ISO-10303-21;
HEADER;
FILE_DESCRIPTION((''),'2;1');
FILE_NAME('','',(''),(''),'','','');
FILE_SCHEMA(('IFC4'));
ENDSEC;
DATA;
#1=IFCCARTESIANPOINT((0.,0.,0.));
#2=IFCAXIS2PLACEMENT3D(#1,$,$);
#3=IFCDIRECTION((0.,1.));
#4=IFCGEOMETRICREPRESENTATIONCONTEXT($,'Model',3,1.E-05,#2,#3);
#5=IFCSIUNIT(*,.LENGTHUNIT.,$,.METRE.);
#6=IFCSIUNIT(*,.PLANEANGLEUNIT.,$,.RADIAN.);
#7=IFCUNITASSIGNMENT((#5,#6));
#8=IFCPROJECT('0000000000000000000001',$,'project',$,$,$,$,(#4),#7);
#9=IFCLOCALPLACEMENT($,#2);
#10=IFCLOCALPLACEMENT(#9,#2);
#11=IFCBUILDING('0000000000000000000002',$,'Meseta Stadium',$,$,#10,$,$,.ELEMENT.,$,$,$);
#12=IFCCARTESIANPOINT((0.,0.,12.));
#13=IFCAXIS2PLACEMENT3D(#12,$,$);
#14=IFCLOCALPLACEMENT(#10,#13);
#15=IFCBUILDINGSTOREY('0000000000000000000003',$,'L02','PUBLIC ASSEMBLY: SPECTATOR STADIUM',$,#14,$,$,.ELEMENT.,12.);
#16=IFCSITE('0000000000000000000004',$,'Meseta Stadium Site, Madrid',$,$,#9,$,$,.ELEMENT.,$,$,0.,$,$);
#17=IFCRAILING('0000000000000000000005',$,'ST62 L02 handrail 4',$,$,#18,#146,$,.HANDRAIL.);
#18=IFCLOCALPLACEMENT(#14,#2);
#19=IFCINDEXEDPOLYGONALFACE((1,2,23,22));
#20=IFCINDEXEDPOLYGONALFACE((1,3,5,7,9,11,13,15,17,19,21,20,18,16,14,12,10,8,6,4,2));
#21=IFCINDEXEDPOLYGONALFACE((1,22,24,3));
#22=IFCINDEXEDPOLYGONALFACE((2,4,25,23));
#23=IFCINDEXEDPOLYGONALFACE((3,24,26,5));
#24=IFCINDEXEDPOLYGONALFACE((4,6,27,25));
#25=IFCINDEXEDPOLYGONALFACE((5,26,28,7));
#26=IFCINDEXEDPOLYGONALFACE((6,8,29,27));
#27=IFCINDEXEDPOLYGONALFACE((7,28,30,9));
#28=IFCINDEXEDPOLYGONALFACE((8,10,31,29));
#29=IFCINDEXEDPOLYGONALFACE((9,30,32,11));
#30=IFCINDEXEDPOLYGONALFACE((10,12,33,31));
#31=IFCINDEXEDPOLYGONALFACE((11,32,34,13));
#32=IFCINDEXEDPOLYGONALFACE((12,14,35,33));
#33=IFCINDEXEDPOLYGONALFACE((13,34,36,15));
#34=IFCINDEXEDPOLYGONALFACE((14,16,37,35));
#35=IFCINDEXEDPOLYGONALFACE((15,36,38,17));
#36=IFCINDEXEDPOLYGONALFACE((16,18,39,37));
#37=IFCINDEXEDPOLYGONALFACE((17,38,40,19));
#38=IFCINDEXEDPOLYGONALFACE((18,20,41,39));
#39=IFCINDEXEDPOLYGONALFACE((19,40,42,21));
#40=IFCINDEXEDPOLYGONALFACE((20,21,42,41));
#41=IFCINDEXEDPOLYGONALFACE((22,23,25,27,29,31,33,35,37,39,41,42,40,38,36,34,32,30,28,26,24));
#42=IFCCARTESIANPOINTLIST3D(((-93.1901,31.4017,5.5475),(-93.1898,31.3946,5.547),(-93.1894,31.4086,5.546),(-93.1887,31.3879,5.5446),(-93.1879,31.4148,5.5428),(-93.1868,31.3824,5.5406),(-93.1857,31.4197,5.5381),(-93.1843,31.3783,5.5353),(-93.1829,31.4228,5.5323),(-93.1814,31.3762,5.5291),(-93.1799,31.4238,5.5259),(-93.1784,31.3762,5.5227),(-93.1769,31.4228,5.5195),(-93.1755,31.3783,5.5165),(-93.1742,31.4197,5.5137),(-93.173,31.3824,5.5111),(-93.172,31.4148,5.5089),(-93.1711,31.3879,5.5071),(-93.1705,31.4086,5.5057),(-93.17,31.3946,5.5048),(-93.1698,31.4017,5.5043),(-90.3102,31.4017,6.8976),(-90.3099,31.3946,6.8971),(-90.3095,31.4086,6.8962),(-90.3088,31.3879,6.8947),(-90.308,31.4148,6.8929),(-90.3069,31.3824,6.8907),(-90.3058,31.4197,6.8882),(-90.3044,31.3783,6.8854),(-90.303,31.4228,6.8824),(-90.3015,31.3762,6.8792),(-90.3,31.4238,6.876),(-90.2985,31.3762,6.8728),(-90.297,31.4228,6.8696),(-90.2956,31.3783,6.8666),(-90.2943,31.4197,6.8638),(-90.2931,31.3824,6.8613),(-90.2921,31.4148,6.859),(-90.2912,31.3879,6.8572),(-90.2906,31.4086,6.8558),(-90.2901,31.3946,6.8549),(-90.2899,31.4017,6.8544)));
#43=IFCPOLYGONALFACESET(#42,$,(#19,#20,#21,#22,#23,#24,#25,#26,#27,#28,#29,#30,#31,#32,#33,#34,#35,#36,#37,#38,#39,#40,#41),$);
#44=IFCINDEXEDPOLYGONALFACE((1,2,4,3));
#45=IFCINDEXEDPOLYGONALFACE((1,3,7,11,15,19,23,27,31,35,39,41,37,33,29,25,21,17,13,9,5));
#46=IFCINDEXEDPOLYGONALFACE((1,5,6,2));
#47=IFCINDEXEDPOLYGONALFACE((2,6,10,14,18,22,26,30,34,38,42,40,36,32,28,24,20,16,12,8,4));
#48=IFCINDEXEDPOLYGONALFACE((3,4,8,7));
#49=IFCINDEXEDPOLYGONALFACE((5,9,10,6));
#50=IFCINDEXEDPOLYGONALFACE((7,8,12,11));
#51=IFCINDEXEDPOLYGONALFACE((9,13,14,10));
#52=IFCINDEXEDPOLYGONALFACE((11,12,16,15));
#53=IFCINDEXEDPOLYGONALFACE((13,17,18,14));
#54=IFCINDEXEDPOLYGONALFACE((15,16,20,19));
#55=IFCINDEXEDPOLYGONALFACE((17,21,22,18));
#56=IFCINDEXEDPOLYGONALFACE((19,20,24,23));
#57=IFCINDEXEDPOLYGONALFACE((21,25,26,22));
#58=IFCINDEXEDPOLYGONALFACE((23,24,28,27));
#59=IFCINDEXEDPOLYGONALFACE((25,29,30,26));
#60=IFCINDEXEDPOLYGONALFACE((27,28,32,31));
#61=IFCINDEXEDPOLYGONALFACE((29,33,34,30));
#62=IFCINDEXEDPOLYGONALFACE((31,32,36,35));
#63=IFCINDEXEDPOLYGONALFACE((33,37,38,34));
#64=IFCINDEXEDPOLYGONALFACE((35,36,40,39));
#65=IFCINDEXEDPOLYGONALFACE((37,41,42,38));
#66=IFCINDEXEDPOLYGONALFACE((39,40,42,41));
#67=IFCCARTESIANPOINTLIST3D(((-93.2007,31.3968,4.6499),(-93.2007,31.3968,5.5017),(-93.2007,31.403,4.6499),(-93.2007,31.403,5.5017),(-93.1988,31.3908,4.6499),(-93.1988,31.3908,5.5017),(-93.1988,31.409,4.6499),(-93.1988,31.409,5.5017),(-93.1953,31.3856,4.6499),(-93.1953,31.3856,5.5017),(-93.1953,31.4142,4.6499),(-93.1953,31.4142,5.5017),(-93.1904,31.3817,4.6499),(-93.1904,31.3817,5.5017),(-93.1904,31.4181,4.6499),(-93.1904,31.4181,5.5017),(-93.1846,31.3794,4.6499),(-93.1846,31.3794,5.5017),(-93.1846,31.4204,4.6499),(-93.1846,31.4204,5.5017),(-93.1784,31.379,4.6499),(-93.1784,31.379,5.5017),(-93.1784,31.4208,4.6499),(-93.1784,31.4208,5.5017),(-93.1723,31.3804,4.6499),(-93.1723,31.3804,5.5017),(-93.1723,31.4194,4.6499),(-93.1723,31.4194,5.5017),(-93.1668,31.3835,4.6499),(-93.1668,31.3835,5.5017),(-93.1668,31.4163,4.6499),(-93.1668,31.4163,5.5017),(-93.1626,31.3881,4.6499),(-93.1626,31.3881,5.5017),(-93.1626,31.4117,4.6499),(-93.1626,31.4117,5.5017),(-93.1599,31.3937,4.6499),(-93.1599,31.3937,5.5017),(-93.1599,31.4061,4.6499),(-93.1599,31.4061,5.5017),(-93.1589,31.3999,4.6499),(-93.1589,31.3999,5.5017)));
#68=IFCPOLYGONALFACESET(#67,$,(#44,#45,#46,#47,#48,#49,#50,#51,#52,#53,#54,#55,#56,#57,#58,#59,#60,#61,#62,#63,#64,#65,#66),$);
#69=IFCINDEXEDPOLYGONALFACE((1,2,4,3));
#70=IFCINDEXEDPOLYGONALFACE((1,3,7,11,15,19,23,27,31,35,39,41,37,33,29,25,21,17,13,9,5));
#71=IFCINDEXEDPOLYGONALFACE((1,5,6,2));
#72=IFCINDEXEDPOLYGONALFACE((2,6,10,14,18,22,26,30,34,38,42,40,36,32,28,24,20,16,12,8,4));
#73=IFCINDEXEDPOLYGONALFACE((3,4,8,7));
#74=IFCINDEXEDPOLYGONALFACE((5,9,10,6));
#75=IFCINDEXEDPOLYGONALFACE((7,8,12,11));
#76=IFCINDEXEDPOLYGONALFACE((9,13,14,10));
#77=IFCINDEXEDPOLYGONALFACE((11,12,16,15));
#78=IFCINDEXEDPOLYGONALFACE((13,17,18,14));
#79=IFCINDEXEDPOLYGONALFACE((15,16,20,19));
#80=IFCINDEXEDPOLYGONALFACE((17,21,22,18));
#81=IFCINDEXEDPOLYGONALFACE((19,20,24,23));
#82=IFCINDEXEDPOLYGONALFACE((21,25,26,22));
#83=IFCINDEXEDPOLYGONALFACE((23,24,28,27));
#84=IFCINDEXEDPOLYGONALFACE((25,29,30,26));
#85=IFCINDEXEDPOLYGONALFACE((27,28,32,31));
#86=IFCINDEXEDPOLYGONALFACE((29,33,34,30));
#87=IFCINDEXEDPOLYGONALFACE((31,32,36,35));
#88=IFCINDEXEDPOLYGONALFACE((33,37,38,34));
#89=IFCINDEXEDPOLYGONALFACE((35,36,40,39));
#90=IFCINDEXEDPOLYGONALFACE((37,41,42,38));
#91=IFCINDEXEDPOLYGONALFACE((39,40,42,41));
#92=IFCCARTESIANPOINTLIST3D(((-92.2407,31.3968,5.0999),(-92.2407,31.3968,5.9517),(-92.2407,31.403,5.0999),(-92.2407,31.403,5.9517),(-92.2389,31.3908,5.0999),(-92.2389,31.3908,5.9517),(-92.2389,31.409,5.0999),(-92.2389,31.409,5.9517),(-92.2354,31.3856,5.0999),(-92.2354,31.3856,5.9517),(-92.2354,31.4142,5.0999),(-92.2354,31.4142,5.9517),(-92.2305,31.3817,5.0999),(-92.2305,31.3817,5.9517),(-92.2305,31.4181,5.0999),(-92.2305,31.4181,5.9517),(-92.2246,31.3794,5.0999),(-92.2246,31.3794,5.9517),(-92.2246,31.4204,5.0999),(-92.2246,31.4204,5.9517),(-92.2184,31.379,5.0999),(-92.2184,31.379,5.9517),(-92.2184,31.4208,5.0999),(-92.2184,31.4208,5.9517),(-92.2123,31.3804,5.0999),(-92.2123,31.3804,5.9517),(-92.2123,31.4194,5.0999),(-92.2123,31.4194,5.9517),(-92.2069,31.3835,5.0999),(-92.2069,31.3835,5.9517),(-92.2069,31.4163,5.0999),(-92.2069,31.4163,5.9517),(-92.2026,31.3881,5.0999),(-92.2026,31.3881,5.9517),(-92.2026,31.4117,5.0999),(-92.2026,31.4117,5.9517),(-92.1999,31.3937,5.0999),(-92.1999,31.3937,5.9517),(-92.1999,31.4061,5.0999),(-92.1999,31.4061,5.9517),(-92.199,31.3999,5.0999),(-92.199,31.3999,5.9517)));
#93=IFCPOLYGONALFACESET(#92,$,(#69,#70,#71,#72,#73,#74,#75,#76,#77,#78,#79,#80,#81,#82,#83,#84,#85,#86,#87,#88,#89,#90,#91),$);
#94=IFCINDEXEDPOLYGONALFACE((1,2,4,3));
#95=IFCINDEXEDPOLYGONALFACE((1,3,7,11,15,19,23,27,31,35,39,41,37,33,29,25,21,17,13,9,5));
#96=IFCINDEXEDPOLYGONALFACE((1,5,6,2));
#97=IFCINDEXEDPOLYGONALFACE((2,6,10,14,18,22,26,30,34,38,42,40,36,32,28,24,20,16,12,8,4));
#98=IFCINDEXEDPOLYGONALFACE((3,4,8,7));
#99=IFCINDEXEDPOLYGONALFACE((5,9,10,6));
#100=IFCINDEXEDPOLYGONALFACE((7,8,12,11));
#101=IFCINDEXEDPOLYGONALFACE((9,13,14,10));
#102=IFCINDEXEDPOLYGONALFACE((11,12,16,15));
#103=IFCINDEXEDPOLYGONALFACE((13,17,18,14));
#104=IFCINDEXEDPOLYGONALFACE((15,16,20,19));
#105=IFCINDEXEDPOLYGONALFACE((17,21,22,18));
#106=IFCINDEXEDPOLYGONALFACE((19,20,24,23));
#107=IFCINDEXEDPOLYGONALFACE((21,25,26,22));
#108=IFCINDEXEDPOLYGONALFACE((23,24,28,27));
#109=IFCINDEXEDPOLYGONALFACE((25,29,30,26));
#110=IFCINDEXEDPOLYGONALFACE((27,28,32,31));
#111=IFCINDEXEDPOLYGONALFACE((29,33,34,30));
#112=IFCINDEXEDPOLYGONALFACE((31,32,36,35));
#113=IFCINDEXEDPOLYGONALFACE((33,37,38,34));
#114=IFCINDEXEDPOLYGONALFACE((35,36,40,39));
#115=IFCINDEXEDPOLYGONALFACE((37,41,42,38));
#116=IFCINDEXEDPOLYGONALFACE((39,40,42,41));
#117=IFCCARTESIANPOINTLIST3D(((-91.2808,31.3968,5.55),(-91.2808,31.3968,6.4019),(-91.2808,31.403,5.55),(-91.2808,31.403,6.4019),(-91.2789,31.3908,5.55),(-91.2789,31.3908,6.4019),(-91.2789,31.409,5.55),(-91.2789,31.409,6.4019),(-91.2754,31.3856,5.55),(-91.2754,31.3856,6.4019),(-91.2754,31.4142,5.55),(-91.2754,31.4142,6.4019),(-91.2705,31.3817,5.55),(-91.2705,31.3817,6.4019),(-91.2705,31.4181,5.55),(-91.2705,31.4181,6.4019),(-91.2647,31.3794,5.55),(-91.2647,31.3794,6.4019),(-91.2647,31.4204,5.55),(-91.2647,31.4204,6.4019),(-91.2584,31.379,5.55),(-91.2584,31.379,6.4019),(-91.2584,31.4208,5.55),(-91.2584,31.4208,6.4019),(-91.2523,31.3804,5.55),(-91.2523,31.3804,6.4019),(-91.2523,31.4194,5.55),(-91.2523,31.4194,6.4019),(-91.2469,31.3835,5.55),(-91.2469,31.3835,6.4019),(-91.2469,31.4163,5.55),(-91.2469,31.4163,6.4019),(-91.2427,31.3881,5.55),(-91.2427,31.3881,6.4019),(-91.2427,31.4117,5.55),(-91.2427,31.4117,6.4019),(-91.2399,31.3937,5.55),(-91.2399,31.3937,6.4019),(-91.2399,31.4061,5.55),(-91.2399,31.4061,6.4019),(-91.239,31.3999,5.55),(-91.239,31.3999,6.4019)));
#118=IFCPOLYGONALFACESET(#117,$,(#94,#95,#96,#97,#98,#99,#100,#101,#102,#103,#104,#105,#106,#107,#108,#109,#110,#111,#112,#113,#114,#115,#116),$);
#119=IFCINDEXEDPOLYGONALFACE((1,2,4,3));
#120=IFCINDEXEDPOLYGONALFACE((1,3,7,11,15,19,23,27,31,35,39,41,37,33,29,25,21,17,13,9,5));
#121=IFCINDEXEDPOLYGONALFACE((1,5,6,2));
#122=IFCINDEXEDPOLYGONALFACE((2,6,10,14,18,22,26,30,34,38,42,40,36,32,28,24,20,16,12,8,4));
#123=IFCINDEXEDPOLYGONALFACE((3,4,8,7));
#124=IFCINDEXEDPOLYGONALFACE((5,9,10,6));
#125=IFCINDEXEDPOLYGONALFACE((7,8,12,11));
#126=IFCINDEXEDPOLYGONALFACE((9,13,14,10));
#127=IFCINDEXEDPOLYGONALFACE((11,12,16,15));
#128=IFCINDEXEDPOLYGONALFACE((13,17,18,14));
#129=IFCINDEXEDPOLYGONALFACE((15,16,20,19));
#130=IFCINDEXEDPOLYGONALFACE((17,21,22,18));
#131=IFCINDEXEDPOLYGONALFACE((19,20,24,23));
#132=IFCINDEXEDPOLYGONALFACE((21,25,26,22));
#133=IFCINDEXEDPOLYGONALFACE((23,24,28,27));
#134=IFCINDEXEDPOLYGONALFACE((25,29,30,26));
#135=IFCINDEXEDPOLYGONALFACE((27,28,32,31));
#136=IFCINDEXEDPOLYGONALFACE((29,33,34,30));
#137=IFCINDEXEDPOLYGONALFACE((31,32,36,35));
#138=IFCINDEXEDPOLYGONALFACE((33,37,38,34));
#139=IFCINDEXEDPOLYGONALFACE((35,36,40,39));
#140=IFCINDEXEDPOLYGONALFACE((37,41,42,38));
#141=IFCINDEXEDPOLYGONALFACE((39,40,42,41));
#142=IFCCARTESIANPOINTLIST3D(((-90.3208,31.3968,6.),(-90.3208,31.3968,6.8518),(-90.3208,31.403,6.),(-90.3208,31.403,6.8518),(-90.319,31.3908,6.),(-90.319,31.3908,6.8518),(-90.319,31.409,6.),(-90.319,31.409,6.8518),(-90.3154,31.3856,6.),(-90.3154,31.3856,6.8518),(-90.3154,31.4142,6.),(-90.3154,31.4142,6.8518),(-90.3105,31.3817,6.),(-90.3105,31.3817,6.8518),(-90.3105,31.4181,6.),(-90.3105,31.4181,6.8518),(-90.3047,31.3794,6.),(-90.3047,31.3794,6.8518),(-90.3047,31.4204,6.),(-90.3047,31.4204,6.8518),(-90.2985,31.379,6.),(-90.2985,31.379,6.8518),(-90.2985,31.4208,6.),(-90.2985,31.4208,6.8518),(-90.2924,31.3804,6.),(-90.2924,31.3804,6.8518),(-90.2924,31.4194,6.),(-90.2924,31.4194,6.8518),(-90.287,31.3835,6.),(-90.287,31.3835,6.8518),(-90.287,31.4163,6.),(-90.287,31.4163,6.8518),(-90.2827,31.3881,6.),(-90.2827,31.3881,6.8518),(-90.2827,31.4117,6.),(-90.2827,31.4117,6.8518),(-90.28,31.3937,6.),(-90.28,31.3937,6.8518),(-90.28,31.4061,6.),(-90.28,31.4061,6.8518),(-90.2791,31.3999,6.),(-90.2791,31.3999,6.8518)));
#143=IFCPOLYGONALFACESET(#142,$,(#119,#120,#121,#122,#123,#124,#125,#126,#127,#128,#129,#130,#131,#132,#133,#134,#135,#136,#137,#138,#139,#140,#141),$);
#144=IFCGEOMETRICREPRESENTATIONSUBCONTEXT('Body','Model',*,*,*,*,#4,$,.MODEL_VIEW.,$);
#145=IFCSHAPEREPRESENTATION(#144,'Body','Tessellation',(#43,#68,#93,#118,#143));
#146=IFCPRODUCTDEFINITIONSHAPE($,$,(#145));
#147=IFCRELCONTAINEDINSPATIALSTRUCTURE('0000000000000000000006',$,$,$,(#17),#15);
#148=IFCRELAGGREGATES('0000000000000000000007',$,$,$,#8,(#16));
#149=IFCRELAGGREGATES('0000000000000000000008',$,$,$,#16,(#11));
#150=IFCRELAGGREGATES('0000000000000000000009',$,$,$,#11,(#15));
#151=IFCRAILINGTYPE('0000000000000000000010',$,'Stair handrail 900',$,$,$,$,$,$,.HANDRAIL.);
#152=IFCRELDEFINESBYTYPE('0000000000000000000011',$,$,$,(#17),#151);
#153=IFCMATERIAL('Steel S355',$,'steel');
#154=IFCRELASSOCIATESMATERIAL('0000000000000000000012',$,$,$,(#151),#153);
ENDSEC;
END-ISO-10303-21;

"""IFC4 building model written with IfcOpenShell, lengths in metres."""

from ifc_helpers import new_model, si_unit, direction, frame, origin, origin_2d, place, context, subcontext, project, spatial, circle, extrude, material, type_object, element, save


model = new_model("IFC4")

# Units and contexts
model_context = context("Model", 3, precision=1e-05, world=origin(), true_north=direction((0.0, 1.0)))
body_context = subcontext(model_context, "Body", "Model", "MODEL_VIEW")
ifc_project = project(units=[si_unit("LENGTHUNIT", "METRE"), si_unit("PLANEANGLEUNIT", "RADIAN")], contexts=[model_context])

# Site, building, storey
site_placement = place(None, origin())
site = spatial("IfcSite", under=ifc_project, at=site_placement, Name="Meseta Stadium Site, Madrid", CompositionType="ELEMENT", RefElevation=0.0)
building_placement = place(site_placement, origin())
building = spatial("IfcBuilding", under=site, at=building_placement, Name="Meseta Stadium", CompositionType="ELEMENT")
storey_placement = place(building_placement, frame((0.0, 0.0, 12.0)))
storey = spatial("IfcBuildingStorey", under=building, at=storey_placement, Name="L02", Description="PUBLIC ASSEMBLY: SPECTATOR STADIUM", CompositionType="ELEMENT", Elevation=12.0)

# Railing
ifc_material_1 = material(Name="Steel S355", Category="steel")
railing_type_1 = type_object("IfcRailingType", Name="Stair handrail 900", PredefinedType="HANDRAIL", material=ifc_material_1)
for number, where, name in (
    (1, (-93.1799, 31.3999, 4.6499), "ST62 L02 handrail 4"),
):
    element("IfcRailing", number, at=place(storey_placement, frame(where)), inside=storey, type_object=railing_type_1, Name=name, PredefinedType="HANDRAIL", context=body_context, shape_type="SweptSolid", body=[
        extrude(circle(Radius=0.0239, at=origin_2d()), frame((0.0, 0.0, 0.876), z_axis=(0.90544, 0.0, 0.424473), x_axis=(0.0, 1.0, 0.0)), (0.0, 0.0, 1.0), 3.1807),
        extrude(circle(Radius=0.021, at=origin_2d()), origin(), (0.0, 0.0, 1.0), 0.8518),
        extrude(circle(Radius=0.021, at=origin_2d()), frame((0.96, 0.0, 0.45)), (0.0, 0.0, 1.0), 0.8518),
        extrude(circle(Radius=0.021, at=origin_2d()), frame((1.9199, 0.0, 0.9001)), (0.0, 0.0, 1.0), 0.8518),
        extrude(circle(Radius=0.021, at=origin_2d()), frame((2.8799, 0.0, 1.3501)), (0.0, 0.0, 1.0), 0.8518),
    ])

save(model, "model.ifc")
